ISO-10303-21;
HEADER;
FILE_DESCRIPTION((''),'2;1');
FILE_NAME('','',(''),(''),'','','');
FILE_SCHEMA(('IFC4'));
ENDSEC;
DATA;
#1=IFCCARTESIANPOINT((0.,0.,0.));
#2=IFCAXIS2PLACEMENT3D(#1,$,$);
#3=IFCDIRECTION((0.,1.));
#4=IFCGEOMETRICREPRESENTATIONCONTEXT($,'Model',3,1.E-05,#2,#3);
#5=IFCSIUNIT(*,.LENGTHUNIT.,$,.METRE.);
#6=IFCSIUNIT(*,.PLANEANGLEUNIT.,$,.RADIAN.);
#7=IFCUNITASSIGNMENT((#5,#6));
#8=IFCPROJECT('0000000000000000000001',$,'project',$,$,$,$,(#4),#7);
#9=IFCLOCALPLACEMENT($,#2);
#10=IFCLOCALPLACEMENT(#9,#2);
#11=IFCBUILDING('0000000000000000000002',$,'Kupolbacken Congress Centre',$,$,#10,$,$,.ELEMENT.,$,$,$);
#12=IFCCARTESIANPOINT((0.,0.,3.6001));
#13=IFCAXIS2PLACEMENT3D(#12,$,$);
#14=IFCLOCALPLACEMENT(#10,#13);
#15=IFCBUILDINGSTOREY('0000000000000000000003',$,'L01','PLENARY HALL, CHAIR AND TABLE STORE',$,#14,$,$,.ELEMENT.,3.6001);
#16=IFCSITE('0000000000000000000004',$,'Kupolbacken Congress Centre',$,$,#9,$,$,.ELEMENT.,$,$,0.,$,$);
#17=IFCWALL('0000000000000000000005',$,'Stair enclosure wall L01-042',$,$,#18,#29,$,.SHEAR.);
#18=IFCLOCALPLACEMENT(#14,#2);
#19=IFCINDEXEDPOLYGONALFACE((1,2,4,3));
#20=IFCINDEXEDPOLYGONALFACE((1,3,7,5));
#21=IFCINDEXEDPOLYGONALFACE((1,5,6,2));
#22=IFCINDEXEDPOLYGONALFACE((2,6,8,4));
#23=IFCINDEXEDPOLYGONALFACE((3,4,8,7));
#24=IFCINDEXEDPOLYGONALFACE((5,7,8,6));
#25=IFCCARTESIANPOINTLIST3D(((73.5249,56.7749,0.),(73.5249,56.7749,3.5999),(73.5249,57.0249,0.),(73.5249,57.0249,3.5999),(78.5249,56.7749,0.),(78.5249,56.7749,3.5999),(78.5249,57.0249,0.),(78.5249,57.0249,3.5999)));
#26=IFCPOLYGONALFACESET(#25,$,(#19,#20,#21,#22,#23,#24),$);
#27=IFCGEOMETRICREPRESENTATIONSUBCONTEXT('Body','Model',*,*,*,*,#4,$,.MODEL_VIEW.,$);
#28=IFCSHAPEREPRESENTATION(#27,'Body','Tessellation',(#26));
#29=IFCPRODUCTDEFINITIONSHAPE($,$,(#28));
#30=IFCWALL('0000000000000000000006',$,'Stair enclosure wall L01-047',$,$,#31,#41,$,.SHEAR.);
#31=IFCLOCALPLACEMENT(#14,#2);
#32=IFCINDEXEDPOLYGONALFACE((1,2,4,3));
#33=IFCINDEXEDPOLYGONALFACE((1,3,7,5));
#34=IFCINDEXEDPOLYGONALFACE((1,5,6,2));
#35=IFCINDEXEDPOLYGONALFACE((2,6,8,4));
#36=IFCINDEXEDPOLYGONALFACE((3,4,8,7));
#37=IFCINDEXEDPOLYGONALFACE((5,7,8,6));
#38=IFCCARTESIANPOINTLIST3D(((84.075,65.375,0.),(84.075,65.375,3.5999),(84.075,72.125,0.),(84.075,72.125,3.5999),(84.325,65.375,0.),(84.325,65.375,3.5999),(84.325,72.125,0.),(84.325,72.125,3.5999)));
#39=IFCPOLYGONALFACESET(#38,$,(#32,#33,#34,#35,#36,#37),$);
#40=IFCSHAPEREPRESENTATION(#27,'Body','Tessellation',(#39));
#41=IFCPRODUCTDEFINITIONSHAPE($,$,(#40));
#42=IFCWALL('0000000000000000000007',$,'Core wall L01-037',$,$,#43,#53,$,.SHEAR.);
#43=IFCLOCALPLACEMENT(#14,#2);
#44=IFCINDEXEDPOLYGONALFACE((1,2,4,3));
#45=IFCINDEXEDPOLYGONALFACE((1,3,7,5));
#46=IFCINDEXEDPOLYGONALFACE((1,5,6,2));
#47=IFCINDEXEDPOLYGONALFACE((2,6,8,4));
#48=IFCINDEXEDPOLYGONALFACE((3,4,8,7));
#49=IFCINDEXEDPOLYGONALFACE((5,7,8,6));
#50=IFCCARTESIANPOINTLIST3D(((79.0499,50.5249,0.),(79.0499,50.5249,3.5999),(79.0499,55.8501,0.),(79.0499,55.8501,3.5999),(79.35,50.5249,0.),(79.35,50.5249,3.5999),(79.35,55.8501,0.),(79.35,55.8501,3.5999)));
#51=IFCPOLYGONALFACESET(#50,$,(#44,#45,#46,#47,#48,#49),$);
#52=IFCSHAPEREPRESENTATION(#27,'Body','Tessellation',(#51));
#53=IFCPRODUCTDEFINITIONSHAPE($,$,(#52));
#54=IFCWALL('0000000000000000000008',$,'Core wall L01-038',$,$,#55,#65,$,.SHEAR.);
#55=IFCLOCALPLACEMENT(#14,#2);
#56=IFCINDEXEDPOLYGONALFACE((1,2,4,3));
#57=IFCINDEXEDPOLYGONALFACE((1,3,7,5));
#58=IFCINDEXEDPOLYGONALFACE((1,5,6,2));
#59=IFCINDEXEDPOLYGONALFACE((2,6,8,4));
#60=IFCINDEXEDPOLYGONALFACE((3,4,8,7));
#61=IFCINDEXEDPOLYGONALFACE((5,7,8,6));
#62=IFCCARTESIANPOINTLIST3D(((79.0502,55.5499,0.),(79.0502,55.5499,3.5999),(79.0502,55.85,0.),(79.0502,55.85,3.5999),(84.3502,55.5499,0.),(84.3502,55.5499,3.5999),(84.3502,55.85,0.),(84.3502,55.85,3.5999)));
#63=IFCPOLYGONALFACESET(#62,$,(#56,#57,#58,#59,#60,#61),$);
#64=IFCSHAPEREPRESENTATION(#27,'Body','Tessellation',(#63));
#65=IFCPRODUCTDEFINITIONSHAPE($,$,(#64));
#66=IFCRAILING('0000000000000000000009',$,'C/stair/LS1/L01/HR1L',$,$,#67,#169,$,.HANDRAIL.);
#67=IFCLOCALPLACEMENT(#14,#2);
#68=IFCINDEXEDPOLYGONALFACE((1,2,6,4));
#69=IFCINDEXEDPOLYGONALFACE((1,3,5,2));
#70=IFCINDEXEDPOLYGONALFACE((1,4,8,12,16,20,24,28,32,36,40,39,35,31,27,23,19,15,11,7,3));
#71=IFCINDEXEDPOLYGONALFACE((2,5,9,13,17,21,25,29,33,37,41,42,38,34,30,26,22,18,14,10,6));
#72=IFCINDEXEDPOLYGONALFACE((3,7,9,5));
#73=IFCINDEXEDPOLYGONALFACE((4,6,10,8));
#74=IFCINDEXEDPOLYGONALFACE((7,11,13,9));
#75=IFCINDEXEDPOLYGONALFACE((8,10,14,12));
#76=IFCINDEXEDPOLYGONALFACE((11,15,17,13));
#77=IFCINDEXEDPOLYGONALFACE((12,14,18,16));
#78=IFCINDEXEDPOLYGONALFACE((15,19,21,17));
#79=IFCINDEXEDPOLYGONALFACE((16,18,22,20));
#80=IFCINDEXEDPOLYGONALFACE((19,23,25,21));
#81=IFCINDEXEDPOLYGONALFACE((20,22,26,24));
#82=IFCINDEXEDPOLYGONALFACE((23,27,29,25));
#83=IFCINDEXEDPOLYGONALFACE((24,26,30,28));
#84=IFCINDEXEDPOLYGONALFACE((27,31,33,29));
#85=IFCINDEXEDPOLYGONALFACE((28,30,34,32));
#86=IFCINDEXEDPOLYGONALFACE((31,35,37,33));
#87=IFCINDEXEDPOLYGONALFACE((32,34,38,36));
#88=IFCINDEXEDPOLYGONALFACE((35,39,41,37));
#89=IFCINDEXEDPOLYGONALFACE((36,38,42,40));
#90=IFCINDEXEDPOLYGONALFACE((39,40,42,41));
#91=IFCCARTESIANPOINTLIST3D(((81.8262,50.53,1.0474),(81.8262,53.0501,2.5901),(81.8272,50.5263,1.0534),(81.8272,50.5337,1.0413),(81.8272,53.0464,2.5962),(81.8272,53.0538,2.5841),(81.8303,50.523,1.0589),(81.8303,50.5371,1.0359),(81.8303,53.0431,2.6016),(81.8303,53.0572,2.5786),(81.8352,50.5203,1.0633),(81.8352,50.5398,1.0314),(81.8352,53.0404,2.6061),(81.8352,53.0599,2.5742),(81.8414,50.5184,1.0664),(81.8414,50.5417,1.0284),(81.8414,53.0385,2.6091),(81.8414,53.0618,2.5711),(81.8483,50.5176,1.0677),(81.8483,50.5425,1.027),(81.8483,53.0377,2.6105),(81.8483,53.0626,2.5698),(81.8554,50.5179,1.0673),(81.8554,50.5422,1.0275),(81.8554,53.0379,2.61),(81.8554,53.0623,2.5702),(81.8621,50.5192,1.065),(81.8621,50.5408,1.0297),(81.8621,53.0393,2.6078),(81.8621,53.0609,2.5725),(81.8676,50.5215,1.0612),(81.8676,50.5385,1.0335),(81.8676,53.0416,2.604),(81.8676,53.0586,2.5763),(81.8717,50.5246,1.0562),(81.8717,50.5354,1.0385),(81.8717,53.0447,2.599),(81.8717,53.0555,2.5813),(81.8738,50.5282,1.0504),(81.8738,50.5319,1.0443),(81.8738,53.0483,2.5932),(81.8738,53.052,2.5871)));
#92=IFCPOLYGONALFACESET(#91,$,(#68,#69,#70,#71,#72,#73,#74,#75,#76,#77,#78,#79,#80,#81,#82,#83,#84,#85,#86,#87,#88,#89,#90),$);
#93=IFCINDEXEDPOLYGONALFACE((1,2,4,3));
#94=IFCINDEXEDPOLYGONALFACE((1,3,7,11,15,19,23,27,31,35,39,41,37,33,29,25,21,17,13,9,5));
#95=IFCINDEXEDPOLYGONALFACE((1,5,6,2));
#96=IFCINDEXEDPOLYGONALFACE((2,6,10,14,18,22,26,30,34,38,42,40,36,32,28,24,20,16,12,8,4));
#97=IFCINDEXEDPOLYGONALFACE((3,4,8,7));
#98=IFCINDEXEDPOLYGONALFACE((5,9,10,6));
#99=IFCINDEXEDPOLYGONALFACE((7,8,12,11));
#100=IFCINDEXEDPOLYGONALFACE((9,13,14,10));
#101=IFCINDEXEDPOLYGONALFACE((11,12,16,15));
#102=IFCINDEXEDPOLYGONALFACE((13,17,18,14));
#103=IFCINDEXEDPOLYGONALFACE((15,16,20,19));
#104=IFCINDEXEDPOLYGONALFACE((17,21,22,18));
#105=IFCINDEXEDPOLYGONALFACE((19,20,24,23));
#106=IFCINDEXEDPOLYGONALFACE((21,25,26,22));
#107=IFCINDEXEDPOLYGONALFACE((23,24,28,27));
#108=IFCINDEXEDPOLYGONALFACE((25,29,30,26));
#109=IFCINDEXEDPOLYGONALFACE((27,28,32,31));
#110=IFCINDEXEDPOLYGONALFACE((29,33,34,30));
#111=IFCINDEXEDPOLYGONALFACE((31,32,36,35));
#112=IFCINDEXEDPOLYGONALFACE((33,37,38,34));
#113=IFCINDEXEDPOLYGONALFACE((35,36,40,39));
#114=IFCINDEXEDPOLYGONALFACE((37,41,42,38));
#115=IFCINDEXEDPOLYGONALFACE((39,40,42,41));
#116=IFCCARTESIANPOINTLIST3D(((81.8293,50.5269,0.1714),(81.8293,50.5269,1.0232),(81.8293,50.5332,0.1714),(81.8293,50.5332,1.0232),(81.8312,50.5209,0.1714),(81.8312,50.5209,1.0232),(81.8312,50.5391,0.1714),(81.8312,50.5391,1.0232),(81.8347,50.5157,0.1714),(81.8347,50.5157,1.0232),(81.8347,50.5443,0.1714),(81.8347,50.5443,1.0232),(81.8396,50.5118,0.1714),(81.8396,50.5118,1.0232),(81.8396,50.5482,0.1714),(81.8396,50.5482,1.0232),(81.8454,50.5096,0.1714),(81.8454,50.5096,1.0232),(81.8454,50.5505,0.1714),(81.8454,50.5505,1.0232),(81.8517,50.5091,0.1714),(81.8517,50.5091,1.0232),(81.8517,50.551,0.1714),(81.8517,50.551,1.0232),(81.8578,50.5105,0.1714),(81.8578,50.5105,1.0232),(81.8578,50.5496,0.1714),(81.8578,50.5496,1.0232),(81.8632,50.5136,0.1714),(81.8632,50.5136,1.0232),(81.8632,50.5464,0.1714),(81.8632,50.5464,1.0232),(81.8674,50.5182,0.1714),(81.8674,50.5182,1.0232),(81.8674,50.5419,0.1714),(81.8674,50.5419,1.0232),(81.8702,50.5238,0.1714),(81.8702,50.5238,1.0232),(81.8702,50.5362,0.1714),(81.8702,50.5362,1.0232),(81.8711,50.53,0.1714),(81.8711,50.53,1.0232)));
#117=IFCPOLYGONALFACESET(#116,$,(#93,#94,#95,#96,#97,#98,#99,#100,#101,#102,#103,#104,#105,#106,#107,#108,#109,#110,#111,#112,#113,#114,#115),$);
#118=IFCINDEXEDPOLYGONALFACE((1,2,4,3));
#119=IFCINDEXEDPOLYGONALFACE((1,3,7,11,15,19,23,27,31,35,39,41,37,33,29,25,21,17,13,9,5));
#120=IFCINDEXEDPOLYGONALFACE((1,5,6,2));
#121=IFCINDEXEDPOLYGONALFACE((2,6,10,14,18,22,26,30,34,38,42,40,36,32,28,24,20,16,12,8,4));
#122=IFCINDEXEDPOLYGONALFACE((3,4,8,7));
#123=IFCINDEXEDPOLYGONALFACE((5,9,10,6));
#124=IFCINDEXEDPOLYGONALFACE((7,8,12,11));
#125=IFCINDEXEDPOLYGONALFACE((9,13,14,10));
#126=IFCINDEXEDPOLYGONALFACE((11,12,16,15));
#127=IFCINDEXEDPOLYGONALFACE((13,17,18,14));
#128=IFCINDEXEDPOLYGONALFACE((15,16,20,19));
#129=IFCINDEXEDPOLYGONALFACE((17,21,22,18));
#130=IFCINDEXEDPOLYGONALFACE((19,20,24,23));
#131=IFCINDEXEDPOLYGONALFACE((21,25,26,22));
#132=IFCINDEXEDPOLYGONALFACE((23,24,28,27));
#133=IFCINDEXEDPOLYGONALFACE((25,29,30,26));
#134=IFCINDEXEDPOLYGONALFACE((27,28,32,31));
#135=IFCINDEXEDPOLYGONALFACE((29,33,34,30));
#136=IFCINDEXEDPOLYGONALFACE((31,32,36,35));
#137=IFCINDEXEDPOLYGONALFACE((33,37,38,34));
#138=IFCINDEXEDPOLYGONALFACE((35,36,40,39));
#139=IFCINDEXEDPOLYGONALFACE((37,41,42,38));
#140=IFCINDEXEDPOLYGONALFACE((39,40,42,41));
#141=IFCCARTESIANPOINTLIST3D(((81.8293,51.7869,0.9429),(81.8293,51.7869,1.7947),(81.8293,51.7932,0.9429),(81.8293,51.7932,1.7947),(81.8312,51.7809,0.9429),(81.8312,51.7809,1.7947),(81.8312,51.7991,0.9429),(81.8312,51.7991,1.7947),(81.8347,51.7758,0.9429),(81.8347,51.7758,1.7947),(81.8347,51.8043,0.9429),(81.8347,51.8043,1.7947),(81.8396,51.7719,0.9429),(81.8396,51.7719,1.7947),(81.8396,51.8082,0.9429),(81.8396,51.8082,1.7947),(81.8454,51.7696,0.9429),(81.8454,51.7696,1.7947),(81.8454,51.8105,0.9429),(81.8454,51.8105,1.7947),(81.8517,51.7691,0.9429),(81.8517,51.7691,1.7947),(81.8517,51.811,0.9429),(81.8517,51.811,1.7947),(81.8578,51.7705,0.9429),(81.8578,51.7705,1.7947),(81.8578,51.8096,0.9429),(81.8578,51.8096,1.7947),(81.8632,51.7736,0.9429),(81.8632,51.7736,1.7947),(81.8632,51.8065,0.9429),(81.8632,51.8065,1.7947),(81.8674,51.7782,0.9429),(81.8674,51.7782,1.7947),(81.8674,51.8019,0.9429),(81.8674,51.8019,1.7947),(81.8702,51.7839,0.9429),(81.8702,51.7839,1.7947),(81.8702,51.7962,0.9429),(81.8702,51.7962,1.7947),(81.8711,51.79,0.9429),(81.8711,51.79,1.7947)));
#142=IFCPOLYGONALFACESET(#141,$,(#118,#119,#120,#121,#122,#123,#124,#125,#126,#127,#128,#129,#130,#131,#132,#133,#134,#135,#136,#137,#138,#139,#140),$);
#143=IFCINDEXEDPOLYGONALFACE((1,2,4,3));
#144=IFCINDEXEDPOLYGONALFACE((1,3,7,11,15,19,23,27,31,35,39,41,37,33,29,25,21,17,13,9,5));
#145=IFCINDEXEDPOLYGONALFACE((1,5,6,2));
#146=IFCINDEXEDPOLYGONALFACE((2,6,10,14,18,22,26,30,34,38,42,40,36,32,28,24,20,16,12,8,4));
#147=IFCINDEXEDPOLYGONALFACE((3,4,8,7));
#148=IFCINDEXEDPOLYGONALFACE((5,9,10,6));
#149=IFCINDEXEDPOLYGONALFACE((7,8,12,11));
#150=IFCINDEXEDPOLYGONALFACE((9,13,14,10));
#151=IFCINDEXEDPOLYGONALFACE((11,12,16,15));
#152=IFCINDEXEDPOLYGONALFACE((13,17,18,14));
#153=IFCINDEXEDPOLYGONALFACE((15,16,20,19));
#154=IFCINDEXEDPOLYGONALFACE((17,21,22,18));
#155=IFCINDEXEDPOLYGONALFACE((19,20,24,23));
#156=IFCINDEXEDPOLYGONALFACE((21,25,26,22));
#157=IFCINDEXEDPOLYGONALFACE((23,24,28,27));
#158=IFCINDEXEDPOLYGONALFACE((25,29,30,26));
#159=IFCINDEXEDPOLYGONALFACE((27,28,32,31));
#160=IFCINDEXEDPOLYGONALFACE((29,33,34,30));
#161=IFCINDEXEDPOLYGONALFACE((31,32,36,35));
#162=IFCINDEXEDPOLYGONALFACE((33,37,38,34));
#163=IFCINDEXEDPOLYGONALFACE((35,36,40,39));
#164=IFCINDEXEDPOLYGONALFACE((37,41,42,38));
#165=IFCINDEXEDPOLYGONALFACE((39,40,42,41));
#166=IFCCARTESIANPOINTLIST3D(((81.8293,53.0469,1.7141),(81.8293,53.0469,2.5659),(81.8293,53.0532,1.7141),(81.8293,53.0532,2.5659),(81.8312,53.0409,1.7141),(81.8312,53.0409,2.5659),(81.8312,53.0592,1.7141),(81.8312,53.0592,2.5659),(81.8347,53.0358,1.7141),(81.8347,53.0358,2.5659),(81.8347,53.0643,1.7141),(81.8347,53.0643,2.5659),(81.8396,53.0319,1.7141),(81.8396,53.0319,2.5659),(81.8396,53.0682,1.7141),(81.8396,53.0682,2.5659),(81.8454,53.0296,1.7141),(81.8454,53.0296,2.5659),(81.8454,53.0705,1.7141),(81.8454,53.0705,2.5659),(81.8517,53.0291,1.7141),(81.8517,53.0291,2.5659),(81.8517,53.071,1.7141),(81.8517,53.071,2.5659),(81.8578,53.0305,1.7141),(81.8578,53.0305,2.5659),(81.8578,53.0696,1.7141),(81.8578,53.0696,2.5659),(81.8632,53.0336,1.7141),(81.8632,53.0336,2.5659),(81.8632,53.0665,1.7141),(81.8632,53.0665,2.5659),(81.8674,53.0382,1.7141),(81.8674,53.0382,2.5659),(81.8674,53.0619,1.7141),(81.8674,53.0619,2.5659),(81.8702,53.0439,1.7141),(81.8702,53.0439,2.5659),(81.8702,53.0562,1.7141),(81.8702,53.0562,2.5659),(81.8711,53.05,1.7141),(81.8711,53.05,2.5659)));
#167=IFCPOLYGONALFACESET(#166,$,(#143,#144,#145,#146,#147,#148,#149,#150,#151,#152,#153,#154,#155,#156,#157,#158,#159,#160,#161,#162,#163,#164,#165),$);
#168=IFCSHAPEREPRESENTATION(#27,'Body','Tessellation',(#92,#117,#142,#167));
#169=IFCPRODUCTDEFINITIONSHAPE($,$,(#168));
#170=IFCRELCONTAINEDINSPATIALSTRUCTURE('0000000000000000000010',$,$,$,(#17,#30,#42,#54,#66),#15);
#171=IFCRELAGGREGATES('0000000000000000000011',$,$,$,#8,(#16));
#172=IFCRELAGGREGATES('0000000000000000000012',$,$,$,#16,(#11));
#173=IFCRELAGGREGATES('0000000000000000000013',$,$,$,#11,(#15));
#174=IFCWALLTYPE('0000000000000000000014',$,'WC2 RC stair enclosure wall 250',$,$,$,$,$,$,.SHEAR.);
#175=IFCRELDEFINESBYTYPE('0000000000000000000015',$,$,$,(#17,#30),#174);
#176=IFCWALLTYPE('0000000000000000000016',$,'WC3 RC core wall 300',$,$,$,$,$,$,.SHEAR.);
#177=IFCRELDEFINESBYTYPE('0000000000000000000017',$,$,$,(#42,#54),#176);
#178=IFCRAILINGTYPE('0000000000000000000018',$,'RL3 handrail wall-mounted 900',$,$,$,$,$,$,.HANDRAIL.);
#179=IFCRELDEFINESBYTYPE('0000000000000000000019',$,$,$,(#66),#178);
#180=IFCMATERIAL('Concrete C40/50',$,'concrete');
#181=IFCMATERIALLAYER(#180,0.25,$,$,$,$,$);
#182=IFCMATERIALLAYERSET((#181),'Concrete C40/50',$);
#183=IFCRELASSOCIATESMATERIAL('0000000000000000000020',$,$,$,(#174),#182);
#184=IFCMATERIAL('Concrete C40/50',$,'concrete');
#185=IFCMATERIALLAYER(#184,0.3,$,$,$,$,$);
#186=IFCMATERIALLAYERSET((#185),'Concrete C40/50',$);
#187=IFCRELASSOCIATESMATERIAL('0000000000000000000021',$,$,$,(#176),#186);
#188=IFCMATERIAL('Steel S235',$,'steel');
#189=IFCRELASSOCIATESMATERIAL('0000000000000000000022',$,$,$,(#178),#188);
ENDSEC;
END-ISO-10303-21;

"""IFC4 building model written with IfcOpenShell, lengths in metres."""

from ifc_helpers import new_model, si_unit, direction, frame, frame_2d, origin, origin_2d, place, context, subcontext, project, spatial, rectangle, circle, extrude, material, layer, layer_set, type_object, element, save


model = new_model("IFC4")

# Units and contexts
model_context = context("Model", 3, precision=1e-05, world=origin(), true_north=direction((0.0, 1.0)))
body_context = subcontext(model_context, "Body", "Model", "MODEL_VIEW")
ifc_project = project(units=[si_unit("LENGTHUNIT", "METRE"), si_unit("PLANEANGLEUNIT", "RADIAN")], contexts=[model_context])

# Site, building, storey
site_placement = place(None, origin())
site = spatial("IfcSite", under=ifc_project, at=site_placement, Name="Kupolbacken Congress Centre", CompositionType="ELEMENT", RefElevation=0.0)
building_placement = place(site_placement, origin())
building = spatial("IfcBuilding", under=site, at=building_placement, Name="Kupolbacken Congress Centre", CompositionType="ELEMENT")
storey_placement = place(building_placement, frame((0.0, 0.0, 3.6001)))
storey = spatial("IfcBuildingStorey", under=building, at=storey_placement, Name="L01", Description="PLENARY HALL, CHAIR AND TABLE STORE", CompositionType="ELEMENT", Elevation=3.6001)

# Wall
ifc_material_1 = material(Name="Concrete C40/50", Category="concrete")
ifc_layer_1 = layer(ifc_material_1, 0.25)
ifc_layer_set_1 = layer_set([ifc_layer_1], Name="Concrete C40/50")
wall_type_1 = type_object("IfcWallType", Name="WC2 RC stair enclosure wall 250", PredefinedType="SHEAR", material=ifc_layer_set_1)
wall_1_placement = place(storey_placement, frame((78.5249, 56.8999, 0.0), z_axis=(0.0, 0.0, 1.0), x_axis=(-1.0, 0.0, 0.0)))
element("IfcWall", 1, at=wall_1_placement, inside=storey, type_object=wall_type_1, Name="Stair enclosure wall L01-042", PredefinedType="SHEAR", context=body_context, shape_type="SweptSolid", body=[
    extrude(rectangle(XDim=5.0, YDim=0.25, at=frame_2d((2.5, 0.0))), origin(), (0.0, 0.0, 1.0), 3.5999),
])

# Walls
wall_2_placement = place(storey_placement, frame((84.2, 65.375, 0.0), z_axis=(0.0, 0.0, 1.0), x_axis=(0.0, 1.0, 0.0)))
element("IfcWall", 2, at=wall_2_placement, inside=storey, type_object=wall_type_1, Name="Stair enclosure wall L01-047", PredefinedType="SHEAR", context=body_context, shape_type="SweptSolid", body=[
    extrude(rectangle(XDim=6.75, YDim=0.25, at=frame_2d((3.375, 0.0))), origin(), (0.0, 0.0, 1.0), 3.5999),
])
ifc_material_2 = material(Name="Concrete C40/50", Category="concrete")
ifc_layer_2 = layer(ifc_material_2, 0.3)
ifc_layer_set_2 = layer_set([ifc_layer_2], Name="Concrete C40/50")
wall_type_2 = type_object("IfcWallType", Name="WC3 RC core wall 300", PredefinedType="SHEAR", material=ifc_layer_set_2)
wall_3_placement = place(storey_placement, frame((79.2, 55.8501, 0.0), z_axis=(0.0, 0.0, 1.0), x_axis=(0.0, -1.0, 0.0)))
element("IfcWall", 3, at=wall_3_placement, inside=storey, type_object=wall_type_2, Name="Core wall L01-037", PredefinedType="SHEAR", context=body_context, shape_type="SweptSolid", body=[
    extrude(rectangle(XDim=5.3252, YDim=0.3, at=frame_2d((2.6626, 0.0))), origin(), (0.0, 0.0, 1.0), 3.5999),
])
wall_4_placement = place(storey_placement, frame((84.3501, 55.7, 0.0), z_axis=(0.0, 0.0, 1.0), x_axis=(-1.0, 0.0, 0.0)))
element("IfcWall", 4, at=wall_4_placement, inside=storey, type_object=wall_type_2, Name="Core wall L01-038", PredefinedType="SHEAR", context=body_context, shape_type="SweptSolid", body=[
    extrude(rectangle(XDim=5.3, YDim=0.3, at=frame_2d((2.6499, 0.0))), origin(), (0.0, 0.0, 1.0), 3.5999),
])

# Railing
ifc_material_3 = material(Name="Steel S235", Category="steel")
railing_type = type_object("IfcRailingType", Name="RL3 handrail wall-mounted 900", PredefinedType="HANDRAIL", material=ifc_material_3)
for number, where, name in (
    (5, (81.8501, 50.53, 0.1714), "C/stair/LS1/L01/HR1L"),
):
    element("IfcRailing", number, at=place(storey_placement, frame(where)), inside=storey, type_object=railing_type, Name=name, PredefinedType="HANDRAIL", context=body_context, shape_type="SweptSolid", body=[
        extrude(circle(Radius=0.0239, at=origin_2d()), frame((0.0, 0.0, 0.876), z_axis=(0.0, 0.852873, 0.522118), x_axis=(-1.0, 0.0, 0.0)), (0.0, 0.0, 1.0), 2.9548),
        extrude(circle(Radius=0.021, at=origin_2d()), origin(), (0.0, 0.0, 1.0), 0.8518),
        extrude(circle(Radius=0.021, at=origin_2d()), frame((0.0, 1.26, 0.7715)), (0.0, 0.0, 1.0), 0.8518),
        extrude(circle(Radius=0.021, at=origin_2d()), frame((0.0, 2.52, 1.5427)), (0.0, 0.0, 1.0), 0.8518),
    ])

save(model, "model.ifc")
